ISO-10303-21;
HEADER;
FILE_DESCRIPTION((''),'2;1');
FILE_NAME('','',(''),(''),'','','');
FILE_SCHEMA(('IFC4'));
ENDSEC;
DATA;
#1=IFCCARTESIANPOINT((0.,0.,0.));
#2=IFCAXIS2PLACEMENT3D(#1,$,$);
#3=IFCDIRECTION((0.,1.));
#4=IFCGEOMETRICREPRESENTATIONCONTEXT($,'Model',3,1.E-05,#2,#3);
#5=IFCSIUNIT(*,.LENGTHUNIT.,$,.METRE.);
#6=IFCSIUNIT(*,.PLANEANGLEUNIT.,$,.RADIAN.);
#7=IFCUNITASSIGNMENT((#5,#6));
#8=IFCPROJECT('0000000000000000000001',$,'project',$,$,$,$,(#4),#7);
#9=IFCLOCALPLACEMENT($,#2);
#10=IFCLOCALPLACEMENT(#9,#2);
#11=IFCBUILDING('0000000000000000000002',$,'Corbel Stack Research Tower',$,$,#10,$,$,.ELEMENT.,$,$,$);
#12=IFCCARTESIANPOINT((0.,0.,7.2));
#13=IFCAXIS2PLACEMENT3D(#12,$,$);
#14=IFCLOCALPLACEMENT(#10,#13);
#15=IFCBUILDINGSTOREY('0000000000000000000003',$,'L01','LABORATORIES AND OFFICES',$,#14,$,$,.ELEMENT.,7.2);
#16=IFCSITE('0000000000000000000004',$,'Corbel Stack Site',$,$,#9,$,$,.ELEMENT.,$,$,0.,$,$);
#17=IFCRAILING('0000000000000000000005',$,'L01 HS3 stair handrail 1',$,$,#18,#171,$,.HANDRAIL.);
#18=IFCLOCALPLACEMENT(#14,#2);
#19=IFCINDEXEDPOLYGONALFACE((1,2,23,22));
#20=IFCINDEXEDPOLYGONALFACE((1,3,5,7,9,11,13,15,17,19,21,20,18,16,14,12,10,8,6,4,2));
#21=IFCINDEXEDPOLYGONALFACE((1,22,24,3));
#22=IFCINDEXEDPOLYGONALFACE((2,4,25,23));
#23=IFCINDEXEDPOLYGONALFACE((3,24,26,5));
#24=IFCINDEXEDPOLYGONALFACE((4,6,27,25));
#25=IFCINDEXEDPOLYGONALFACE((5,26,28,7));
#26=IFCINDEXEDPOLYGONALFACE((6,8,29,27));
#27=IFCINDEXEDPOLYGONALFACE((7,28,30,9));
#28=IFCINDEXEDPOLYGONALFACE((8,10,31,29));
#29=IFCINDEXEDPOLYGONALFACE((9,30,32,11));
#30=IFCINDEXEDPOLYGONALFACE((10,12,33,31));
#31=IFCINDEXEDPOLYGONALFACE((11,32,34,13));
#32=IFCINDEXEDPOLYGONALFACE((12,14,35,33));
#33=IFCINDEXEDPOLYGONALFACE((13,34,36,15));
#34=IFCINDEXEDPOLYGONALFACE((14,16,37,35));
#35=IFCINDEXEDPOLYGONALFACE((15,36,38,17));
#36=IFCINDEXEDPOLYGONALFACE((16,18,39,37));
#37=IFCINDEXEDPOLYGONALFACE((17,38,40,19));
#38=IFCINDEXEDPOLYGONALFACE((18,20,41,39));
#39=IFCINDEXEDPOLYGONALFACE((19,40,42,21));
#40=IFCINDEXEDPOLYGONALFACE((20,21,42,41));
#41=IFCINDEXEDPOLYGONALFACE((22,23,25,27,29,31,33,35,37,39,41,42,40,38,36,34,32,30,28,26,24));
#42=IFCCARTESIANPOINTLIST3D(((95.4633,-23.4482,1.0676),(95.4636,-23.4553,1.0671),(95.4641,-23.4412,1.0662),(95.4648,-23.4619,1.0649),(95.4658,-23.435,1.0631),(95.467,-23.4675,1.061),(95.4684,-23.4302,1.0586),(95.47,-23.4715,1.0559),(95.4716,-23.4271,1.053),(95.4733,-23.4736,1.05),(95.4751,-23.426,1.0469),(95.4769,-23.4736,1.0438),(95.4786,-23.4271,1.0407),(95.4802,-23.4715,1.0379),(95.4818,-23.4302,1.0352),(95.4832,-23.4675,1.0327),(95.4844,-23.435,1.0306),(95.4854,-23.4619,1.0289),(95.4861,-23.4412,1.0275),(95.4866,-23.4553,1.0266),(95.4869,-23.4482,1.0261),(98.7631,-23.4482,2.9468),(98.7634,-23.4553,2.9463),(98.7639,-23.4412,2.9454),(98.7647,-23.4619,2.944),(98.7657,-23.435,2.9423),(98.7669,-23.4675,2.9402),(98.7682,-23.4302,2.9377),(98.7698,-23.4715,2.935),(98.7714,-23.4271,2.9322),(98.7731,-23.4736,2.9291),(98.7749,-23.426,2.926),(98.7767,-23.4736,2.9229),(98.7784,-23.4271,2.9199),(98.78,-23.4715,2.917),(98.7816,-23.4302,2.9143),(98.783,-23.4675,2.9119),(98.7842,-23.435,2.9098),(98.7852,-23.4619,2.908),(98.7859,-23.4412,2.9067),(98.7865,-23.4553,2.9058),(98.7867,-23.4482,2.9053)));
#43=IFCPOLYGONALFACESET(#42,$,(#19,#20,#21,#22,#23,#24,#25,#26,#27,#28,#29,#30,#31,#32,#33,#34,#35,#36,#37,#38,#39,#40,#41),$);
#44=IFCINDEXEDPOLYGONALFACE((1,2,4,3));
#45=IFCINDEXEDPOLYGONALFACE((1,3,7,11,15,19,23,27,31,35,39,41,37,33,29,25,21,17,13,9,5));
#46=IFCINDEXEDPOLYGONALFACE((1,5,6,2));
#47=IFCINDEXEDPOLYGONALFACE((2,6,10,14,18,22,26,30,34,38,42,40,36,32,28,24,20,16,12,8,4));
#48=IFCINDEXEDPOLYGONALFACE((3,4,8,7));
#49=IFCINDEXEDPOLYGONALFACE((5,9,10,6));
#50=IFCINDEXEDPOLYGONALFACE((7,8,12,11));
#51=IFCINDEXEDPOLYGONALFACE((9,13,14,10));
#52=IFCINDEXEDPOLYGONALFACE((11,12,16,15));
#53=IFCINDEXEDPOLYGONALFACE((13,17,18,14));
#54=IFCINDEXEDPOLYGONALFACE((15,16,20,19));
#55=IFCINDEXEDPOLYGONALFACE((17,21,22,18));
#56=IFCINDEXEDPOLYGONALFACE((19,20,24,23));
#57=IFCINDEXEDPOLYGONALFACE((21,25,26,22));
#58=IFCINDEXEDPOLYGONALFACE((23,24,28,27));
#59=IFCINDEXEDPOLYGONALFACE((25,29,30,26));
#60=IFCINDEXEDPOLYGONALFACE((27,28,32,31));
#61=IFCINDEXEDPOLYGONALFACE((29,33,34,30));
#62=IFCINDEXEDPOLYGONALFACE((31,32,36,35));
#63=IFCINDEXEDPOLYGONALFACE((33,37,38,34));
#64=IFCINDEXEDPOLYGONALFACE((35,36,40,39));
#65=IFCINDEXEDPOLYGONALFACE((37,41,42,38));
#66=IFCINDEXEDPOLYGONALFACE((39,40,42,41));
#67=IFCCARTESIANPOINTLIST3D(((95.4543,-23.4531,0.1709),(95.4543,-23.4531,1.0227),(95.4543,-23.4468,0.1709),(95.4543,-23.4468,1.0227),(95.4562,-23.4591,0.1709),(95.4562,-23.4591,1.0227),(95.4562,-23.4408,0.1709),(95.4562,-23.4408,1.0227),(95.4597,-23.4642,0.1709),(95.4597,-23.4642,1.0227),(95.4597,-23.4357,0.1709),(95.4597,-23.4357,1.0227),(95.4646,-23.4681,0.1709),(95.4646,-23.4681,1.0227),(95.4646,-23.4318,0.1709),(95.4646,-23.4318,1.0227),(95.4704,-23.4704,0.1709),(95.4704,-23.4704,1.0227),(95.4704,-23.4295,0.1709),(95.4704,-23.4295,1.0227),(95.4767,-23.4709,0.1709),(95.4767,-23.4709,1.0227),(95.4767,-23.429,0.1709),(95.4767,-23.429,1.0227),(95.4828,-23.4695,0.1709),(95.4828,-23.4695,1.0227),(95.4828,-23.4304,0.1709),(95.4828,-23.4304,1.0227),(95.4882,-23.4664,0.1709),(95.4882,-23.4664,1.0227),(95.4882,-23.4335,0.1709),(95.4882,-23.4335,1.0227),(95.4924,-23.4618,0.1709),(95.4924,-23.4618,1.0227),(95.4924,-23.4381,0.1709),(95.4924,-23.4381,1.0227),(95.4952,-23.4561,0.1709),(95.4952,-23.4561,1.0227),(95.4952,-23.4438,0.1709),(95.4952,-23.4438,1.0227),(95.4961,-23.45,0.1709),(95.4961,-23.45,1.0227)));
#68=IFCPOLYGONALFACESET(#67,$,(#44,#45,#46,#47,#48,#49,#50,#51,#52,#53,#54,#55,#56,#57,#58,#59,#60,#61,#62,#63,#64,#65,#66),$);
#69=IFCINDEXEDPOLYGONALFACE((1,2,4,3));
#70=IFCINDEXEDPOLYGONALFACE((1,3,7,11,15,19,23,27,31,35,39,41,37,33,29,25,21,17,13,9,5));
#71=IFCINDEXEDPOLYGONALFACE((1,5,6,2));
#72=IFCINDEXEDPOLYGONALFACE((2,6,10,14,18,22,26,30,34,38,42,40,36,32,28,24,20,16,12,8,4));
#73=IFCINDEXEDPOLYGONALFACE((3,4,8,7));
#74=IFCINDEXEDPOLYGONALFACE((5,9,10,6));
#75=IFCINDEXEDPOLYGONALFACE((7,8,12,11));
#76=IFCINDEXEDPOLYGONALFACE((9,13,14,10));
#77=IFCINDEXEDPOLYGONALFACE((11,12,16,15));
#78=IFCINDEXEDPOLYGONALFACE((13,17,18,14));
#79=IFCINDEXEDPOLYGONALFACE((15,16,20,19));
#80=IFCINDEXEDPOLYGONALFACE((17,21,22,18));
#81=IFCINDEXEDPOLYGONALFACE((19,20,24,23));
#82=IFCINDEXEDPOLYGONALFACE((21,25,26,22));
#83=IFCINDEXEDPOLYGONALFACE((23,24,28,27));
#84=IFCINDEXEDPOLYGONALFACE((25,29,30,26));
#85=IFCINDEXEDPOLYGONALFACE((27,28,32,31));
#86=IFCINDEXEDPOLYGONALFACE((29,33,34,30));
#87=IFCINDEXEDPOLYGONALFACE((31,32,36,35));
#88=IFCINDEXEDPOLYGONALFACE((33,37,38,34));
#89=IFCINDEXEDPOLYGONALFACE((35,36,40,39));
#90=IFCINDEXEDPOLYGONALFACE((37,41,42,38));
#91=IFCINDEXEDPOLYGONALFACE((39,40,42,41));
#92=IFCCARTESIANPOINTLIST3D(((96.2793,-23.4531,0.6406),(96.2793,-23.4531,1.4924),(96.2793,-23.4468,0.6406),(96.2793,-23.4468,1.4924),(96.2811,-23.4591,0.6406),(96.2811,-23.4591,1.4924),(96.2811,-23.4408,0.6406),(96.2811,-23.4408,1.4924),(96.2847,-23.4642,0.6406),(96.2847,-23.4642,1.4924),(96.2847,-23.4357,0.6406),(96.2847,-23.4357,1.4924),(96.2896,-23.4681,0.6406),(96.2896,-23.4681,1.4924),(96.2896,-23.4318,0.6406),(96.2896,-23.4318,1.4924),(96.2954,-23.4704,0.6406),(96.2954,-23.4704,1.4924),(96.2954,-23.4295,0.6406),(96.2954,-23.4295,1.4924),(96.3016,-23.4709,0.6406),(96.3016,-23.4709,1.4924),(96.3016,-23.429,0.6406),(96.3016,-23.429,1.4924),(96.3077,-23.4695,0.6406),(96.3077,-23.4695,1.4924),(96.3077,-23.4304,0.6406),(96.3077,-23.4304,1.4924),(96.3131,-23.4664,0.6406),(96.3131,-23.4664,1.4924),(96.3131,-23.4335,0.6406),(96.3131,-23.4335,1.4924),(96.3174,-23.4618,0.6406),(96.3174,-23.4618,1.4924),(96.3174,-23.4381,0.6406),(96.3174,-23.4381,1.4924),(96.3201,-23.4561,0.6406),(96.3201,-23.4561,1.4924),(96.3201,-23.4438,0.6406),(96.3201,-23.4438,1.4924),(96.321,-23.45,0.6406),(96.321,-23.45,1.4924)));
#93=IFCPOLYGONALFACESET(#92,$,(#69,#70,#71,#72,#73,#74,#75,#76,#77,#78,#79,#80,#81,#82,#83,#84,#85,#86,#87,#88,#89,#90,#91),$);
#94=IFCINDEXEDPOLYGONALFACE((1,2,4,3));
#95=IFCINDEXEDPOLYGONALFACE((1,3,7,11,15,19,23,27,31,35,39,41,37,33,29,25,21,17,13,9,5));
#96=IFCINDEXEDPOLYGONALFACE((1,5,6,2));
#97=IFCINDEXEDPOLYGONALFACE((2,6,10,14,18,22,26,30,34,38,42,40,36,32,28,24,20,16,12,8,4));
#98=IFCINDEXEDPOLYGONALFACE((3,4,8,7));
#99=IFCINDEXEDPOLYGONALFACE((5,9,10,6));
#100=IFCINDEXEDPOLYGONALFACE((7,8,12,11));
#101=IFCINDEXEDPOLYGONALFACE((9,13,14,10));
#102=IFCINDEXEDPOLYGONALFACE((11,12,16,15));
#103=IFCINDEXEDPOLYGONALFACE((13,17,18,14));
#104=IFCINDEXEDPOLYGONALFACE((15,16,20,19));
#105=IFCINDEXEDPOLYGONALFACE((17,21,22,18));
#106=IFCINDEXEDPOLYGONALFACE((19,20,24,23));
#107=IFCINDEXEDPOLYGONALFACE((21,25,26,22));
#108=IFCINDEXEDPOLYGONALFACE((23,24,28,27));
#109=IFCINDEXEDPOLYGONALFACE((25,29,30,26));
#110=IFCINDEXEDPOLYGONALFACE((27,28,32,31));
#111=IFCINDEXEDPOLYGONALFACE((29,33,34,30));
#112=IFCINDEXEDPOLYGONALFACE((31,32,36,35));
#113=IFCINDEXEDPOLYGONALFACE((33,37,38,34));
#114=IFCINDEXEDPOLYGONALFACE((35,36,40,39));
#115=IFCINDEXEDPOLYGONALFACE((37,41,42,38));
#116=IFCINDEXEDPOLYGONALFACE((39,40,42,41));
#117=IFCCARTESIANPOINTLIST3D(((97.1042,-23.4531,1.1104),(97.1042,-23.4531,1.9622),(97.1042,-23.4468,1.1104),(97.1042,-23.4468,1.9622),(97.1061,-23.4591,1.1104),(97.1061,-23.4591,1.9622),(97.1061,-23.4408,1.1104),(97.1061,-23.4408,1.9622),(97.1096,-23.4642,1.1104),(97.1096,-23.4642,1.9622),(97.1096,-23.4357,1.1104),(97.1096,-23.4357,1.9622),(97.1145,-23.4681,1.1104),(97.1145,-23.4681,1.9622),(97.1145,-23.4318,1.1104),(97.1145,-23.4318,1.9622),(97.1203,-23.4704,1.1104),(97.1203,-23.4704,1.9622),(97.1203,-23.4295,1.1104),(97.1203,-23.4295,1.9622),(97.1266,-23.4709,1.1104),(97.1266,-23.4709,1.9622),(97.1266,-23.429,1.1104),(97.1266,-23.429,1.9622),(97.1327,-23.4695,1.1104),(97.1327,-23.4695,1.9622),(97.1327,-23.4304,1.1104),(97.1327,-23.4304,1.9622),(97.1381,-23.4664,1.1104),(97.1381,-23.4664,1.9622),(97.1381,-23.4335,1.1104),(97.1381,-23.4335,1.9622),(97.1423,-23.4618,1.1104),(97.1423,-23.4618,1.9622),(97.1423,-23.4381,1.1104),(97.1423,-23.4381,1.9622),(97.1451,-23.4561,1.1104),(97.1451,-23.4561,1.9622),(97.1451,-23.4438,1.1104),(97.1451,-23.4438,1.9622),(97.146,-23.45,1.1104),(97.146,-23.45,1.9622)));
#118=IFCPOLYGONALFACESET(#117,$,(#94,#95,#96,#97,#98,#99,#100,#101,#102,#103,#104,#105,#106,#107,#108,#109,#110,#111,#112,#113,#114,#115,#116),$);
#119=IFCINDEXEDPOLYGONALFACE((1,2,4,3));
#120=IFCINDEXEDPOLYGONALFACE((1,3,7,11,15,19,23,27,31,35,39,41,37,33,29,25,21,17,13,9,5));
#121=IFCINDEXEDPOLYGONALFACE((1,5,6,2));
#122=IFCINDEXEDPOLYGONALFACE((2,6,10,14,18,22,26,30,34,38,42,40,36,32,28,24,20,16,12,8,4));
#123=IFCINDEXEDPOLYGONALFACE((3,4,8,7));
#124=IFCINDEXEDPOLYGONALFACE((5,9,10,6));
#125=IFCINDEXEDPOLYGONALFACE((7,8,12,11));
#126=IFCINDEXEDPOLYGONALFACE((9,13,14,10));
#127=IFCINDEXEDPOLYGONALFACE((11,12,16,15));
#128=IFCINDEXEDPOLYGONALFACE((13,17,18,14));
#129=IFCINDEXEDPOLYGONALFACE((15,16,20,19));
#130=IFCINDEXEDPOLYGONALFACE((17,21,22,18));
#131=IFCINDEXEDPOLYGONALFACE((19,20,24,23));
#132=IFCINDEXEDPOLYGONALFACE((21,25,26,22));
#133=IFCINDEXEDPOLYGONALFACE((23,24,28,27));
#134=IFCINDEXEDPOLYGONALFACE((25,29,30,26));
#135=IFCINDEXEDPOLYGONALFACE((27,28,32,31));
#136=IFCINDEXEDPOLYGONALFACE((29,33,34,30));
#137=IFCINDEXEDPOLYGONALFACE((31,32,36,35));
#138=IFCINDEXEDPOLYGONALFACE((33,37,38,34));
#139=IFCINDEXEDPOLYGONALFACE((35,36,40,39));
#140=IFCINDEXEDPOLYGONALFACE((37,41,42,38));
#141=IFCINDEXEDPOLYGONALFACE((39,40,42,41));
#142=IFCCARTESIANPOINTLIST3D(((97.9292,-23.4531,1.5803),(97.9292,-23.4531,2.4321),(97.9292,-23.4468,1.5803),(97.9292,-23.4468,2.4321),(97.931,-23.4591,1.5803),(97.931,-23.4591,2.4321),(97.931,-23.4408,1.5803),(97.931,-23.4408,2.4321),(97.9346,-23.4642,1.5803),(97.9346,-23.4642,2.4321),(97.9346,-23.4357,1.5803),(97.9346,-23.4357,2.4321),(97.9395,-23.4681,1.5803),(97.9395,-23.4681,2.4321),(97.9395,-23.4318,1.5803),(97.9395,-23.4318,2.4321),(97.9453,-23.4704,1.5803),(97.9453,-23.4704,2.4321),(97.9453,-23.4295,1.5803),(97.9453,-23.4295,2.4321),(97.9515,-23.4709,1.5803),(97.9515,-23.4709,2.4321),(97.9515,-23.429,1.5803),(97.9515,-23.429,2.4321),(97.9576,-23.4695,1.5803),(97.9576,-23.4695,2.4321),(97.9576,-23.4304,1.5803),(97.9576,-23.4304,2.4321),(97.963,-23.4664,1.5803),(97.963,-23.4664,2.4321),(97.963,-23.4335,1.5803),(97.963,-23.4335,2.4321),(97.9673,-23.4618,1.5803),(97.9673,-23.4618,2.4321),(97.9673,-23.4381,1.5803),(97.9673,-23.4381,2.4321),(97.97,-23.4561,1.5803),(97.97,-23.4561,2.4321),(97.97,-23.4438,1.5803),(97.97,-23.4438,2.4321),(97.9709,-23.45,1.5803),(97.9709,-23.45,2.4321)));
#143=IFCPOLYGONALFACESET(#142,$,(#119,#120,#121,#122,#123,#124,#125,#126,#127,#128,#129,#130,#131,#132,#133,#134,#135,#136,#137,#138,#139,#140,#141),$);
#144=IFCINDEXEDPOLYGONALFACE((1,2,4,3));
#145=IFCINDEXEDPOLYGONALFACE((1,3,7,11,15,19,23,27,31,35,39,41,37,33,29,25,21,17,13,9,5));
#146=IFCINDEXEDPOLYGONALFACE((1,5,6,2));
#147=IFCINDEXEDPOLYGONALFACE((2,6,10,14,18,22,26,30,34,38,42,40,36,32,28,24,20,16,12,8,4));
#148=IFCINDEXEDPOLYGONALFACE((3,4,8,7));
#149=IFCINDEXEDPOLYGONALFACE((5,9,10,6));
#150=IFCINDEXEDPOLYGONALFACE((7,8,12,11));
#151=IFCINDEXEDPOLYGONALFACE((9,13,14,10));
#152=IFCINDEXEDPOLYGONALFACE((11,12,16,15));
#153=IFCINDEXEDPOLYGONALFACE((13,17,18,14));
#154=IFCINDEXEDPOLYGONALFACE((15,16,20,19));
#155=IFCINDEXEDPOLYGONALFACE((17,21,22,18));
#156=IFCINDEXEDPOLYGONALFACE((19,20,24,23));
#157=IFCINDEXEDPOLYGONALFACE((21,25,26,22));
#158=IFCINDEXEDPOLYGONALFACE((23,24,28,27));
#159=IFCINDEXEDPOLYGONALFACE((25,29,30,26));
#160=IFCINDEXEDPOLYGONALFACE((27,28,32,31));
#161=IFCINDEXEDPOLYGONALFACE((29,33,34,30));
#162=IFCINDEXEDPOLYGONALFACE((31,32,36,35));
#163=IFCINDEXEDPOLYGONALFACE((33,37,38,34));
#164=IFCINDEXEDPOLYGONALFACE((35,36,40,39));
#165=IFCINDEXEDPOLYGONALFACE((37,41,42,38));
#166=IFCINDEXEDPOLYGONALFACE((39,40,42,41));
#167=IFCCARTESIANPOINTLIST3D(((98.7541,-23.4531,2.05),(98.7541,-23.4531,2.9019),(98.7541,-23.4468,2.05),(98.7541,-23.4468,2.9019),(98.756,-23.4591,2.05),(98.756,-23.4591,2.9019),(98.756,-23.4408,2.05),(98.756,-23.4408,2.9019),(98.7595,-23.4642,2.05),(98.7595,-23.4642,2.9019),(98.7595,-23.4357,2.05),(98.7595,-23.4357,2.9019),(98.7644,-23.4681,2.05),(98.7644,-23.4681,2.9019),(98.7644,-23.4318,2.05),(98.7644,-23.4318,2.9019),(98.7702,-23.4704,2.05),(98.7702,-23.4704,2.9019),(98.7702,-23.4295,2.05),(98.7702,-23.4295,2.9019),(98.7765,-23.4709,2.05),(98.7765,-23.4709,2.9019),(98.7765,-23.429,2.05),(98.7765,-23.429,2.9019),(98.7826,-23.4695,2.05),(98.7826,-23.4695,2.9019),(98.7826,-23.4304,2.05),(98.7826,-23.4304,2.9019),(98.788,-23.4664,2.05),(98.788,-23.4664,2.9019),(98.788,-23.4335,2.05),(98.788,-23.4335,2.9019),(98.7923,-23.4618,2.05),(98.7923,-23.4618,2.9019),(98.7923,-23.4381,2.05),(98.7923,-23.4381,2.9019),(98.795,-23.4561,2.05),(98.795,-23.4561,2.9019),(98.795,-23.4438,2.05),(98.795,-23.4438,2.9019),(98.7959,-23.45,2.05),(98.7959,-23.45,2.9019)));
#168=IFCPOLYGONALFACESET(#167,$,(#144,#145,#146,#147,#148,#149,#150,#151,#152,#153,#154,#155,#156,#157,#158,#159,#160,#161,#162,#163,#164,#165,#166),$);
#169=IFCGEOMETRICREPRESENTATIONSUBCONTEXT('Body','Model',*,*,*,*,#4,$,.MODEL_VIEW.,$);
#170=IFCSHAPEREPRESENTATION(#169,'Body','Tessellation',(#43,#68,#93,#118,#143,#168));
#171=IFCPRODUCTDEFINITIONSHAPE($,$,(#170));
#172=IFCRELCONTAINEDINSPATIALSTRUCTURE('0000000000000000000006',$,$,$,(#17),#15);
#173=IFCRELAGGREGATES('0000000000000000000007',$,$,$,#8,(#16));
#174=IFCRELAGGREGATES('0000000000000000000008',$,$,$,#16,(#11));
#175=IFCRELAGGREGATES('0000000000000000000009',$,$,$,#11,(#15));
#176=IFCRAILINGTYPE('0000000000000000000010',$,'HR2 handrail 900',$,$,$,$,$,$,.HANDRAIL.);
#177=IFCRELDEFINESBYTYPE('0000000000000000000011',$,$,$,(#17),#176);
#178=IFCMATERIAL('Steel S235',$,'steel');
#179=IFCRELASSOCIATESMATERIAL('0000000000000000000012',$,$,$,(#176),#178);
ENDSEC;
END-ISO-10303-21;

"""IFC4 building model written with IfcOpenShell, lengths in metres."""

from ifc_helpers import new_model, si_unit, direction, frame, origin, origin_2d, place, context, subcontext, project, spatial, circle, extrude, material, type_object, element, save


model = new_model("IFC4")

# Units and contexts
model_context = context("Model", 3, precision=1e-05, world=origin(), true_north=direction((0.0, 1.0)))
body_context = subcontext(model_context, "Body", "Model", "MODEL_VIEW")
ifc_project = project(units=[si_unit("LENGTHUNIT", "METRE"), si_unit("PLANEANGLEUNIT", "RADIAN")], contexts=[model_context])

# Site, building, storey
site_placement = place(None, origin())
site = spatial("IfcSite", under=ifc_project, at=site_placement, Name="Corbel Stack Site", CompositionType="ELEMENT", RefElevation=0.0)
building_placement = place(site_placement, origin())
building = spatial("IfcBuilding", under=site, at=building_placement, Name="Corbel Stack Research Tower", CompositionType="ELEMENT")
storey_placement = place(building_placement, frame((0.0, 0.0, 7.2)))
storey = spatial("IfcBuildingStorey", under=building, at=storey_placement, Name="L01", Description="LABORATORIES AND OFFICES", CompositionType="ELEMENT", Elevation=7.2)

# Railing
ifc_material_1 = material(Name="Steel S235", Category="steel")
railing_type_1 = type_object("IfcRailingType", Name="HR2 handrail 900", PredefinedType="HANDRAIL", material=ifc_material_1)
railing_1_placement = place(storey_placement, frame((95.4751, -23.45, 0.1709)))
element("IfcRailing", 1, at=railing_1_placement, inside=storey, type_object=railing_type_1, Name="L01 HS3 stair handrail 1", PredefinedType="HANDRAIL", context=body_context, shape_type="SweptSolid", body=[
    extrude(circle(Radius=0.0239, at=origin_2d()), frame((0.0, 0.0, 0.876), z_axis=(0.868974, 0.0, 0.494857), x_axis=(0.0, 1.0, 0.0)), (0.0, 0.0, 1.0), 3.7974),
    extrude(circle(Radius=0.021, at=origin_2d()), origin(), (0.0, 0.0, 1.0), 0.8518),
    extrude(circle(Radius=0.021, at=origin_2d()), frame((0.825, 0.0, 0.4697)), (0.0, 0.0, 1.0), 0.8518),
    extrude(circle(Radius=0.021, at=origin_2d()), frame((1.6499, 0.0, 0.9395)), (0.0, 0.0, 1.0), 0.8518),
    extrude(circle(Radius=0.021, at=origin_2d()), frame((2.4749, 0.0, 1.4094)), (0.0, 0.0, 1.0), 0.8518),
    extrude(circle(Radius=0.021, at=origin_2d()), frame((3.2998, 0.0, 1.8792)), (0.0, 0.0, 1.0), 0.8518),
])

save(model, "model.ifc")
